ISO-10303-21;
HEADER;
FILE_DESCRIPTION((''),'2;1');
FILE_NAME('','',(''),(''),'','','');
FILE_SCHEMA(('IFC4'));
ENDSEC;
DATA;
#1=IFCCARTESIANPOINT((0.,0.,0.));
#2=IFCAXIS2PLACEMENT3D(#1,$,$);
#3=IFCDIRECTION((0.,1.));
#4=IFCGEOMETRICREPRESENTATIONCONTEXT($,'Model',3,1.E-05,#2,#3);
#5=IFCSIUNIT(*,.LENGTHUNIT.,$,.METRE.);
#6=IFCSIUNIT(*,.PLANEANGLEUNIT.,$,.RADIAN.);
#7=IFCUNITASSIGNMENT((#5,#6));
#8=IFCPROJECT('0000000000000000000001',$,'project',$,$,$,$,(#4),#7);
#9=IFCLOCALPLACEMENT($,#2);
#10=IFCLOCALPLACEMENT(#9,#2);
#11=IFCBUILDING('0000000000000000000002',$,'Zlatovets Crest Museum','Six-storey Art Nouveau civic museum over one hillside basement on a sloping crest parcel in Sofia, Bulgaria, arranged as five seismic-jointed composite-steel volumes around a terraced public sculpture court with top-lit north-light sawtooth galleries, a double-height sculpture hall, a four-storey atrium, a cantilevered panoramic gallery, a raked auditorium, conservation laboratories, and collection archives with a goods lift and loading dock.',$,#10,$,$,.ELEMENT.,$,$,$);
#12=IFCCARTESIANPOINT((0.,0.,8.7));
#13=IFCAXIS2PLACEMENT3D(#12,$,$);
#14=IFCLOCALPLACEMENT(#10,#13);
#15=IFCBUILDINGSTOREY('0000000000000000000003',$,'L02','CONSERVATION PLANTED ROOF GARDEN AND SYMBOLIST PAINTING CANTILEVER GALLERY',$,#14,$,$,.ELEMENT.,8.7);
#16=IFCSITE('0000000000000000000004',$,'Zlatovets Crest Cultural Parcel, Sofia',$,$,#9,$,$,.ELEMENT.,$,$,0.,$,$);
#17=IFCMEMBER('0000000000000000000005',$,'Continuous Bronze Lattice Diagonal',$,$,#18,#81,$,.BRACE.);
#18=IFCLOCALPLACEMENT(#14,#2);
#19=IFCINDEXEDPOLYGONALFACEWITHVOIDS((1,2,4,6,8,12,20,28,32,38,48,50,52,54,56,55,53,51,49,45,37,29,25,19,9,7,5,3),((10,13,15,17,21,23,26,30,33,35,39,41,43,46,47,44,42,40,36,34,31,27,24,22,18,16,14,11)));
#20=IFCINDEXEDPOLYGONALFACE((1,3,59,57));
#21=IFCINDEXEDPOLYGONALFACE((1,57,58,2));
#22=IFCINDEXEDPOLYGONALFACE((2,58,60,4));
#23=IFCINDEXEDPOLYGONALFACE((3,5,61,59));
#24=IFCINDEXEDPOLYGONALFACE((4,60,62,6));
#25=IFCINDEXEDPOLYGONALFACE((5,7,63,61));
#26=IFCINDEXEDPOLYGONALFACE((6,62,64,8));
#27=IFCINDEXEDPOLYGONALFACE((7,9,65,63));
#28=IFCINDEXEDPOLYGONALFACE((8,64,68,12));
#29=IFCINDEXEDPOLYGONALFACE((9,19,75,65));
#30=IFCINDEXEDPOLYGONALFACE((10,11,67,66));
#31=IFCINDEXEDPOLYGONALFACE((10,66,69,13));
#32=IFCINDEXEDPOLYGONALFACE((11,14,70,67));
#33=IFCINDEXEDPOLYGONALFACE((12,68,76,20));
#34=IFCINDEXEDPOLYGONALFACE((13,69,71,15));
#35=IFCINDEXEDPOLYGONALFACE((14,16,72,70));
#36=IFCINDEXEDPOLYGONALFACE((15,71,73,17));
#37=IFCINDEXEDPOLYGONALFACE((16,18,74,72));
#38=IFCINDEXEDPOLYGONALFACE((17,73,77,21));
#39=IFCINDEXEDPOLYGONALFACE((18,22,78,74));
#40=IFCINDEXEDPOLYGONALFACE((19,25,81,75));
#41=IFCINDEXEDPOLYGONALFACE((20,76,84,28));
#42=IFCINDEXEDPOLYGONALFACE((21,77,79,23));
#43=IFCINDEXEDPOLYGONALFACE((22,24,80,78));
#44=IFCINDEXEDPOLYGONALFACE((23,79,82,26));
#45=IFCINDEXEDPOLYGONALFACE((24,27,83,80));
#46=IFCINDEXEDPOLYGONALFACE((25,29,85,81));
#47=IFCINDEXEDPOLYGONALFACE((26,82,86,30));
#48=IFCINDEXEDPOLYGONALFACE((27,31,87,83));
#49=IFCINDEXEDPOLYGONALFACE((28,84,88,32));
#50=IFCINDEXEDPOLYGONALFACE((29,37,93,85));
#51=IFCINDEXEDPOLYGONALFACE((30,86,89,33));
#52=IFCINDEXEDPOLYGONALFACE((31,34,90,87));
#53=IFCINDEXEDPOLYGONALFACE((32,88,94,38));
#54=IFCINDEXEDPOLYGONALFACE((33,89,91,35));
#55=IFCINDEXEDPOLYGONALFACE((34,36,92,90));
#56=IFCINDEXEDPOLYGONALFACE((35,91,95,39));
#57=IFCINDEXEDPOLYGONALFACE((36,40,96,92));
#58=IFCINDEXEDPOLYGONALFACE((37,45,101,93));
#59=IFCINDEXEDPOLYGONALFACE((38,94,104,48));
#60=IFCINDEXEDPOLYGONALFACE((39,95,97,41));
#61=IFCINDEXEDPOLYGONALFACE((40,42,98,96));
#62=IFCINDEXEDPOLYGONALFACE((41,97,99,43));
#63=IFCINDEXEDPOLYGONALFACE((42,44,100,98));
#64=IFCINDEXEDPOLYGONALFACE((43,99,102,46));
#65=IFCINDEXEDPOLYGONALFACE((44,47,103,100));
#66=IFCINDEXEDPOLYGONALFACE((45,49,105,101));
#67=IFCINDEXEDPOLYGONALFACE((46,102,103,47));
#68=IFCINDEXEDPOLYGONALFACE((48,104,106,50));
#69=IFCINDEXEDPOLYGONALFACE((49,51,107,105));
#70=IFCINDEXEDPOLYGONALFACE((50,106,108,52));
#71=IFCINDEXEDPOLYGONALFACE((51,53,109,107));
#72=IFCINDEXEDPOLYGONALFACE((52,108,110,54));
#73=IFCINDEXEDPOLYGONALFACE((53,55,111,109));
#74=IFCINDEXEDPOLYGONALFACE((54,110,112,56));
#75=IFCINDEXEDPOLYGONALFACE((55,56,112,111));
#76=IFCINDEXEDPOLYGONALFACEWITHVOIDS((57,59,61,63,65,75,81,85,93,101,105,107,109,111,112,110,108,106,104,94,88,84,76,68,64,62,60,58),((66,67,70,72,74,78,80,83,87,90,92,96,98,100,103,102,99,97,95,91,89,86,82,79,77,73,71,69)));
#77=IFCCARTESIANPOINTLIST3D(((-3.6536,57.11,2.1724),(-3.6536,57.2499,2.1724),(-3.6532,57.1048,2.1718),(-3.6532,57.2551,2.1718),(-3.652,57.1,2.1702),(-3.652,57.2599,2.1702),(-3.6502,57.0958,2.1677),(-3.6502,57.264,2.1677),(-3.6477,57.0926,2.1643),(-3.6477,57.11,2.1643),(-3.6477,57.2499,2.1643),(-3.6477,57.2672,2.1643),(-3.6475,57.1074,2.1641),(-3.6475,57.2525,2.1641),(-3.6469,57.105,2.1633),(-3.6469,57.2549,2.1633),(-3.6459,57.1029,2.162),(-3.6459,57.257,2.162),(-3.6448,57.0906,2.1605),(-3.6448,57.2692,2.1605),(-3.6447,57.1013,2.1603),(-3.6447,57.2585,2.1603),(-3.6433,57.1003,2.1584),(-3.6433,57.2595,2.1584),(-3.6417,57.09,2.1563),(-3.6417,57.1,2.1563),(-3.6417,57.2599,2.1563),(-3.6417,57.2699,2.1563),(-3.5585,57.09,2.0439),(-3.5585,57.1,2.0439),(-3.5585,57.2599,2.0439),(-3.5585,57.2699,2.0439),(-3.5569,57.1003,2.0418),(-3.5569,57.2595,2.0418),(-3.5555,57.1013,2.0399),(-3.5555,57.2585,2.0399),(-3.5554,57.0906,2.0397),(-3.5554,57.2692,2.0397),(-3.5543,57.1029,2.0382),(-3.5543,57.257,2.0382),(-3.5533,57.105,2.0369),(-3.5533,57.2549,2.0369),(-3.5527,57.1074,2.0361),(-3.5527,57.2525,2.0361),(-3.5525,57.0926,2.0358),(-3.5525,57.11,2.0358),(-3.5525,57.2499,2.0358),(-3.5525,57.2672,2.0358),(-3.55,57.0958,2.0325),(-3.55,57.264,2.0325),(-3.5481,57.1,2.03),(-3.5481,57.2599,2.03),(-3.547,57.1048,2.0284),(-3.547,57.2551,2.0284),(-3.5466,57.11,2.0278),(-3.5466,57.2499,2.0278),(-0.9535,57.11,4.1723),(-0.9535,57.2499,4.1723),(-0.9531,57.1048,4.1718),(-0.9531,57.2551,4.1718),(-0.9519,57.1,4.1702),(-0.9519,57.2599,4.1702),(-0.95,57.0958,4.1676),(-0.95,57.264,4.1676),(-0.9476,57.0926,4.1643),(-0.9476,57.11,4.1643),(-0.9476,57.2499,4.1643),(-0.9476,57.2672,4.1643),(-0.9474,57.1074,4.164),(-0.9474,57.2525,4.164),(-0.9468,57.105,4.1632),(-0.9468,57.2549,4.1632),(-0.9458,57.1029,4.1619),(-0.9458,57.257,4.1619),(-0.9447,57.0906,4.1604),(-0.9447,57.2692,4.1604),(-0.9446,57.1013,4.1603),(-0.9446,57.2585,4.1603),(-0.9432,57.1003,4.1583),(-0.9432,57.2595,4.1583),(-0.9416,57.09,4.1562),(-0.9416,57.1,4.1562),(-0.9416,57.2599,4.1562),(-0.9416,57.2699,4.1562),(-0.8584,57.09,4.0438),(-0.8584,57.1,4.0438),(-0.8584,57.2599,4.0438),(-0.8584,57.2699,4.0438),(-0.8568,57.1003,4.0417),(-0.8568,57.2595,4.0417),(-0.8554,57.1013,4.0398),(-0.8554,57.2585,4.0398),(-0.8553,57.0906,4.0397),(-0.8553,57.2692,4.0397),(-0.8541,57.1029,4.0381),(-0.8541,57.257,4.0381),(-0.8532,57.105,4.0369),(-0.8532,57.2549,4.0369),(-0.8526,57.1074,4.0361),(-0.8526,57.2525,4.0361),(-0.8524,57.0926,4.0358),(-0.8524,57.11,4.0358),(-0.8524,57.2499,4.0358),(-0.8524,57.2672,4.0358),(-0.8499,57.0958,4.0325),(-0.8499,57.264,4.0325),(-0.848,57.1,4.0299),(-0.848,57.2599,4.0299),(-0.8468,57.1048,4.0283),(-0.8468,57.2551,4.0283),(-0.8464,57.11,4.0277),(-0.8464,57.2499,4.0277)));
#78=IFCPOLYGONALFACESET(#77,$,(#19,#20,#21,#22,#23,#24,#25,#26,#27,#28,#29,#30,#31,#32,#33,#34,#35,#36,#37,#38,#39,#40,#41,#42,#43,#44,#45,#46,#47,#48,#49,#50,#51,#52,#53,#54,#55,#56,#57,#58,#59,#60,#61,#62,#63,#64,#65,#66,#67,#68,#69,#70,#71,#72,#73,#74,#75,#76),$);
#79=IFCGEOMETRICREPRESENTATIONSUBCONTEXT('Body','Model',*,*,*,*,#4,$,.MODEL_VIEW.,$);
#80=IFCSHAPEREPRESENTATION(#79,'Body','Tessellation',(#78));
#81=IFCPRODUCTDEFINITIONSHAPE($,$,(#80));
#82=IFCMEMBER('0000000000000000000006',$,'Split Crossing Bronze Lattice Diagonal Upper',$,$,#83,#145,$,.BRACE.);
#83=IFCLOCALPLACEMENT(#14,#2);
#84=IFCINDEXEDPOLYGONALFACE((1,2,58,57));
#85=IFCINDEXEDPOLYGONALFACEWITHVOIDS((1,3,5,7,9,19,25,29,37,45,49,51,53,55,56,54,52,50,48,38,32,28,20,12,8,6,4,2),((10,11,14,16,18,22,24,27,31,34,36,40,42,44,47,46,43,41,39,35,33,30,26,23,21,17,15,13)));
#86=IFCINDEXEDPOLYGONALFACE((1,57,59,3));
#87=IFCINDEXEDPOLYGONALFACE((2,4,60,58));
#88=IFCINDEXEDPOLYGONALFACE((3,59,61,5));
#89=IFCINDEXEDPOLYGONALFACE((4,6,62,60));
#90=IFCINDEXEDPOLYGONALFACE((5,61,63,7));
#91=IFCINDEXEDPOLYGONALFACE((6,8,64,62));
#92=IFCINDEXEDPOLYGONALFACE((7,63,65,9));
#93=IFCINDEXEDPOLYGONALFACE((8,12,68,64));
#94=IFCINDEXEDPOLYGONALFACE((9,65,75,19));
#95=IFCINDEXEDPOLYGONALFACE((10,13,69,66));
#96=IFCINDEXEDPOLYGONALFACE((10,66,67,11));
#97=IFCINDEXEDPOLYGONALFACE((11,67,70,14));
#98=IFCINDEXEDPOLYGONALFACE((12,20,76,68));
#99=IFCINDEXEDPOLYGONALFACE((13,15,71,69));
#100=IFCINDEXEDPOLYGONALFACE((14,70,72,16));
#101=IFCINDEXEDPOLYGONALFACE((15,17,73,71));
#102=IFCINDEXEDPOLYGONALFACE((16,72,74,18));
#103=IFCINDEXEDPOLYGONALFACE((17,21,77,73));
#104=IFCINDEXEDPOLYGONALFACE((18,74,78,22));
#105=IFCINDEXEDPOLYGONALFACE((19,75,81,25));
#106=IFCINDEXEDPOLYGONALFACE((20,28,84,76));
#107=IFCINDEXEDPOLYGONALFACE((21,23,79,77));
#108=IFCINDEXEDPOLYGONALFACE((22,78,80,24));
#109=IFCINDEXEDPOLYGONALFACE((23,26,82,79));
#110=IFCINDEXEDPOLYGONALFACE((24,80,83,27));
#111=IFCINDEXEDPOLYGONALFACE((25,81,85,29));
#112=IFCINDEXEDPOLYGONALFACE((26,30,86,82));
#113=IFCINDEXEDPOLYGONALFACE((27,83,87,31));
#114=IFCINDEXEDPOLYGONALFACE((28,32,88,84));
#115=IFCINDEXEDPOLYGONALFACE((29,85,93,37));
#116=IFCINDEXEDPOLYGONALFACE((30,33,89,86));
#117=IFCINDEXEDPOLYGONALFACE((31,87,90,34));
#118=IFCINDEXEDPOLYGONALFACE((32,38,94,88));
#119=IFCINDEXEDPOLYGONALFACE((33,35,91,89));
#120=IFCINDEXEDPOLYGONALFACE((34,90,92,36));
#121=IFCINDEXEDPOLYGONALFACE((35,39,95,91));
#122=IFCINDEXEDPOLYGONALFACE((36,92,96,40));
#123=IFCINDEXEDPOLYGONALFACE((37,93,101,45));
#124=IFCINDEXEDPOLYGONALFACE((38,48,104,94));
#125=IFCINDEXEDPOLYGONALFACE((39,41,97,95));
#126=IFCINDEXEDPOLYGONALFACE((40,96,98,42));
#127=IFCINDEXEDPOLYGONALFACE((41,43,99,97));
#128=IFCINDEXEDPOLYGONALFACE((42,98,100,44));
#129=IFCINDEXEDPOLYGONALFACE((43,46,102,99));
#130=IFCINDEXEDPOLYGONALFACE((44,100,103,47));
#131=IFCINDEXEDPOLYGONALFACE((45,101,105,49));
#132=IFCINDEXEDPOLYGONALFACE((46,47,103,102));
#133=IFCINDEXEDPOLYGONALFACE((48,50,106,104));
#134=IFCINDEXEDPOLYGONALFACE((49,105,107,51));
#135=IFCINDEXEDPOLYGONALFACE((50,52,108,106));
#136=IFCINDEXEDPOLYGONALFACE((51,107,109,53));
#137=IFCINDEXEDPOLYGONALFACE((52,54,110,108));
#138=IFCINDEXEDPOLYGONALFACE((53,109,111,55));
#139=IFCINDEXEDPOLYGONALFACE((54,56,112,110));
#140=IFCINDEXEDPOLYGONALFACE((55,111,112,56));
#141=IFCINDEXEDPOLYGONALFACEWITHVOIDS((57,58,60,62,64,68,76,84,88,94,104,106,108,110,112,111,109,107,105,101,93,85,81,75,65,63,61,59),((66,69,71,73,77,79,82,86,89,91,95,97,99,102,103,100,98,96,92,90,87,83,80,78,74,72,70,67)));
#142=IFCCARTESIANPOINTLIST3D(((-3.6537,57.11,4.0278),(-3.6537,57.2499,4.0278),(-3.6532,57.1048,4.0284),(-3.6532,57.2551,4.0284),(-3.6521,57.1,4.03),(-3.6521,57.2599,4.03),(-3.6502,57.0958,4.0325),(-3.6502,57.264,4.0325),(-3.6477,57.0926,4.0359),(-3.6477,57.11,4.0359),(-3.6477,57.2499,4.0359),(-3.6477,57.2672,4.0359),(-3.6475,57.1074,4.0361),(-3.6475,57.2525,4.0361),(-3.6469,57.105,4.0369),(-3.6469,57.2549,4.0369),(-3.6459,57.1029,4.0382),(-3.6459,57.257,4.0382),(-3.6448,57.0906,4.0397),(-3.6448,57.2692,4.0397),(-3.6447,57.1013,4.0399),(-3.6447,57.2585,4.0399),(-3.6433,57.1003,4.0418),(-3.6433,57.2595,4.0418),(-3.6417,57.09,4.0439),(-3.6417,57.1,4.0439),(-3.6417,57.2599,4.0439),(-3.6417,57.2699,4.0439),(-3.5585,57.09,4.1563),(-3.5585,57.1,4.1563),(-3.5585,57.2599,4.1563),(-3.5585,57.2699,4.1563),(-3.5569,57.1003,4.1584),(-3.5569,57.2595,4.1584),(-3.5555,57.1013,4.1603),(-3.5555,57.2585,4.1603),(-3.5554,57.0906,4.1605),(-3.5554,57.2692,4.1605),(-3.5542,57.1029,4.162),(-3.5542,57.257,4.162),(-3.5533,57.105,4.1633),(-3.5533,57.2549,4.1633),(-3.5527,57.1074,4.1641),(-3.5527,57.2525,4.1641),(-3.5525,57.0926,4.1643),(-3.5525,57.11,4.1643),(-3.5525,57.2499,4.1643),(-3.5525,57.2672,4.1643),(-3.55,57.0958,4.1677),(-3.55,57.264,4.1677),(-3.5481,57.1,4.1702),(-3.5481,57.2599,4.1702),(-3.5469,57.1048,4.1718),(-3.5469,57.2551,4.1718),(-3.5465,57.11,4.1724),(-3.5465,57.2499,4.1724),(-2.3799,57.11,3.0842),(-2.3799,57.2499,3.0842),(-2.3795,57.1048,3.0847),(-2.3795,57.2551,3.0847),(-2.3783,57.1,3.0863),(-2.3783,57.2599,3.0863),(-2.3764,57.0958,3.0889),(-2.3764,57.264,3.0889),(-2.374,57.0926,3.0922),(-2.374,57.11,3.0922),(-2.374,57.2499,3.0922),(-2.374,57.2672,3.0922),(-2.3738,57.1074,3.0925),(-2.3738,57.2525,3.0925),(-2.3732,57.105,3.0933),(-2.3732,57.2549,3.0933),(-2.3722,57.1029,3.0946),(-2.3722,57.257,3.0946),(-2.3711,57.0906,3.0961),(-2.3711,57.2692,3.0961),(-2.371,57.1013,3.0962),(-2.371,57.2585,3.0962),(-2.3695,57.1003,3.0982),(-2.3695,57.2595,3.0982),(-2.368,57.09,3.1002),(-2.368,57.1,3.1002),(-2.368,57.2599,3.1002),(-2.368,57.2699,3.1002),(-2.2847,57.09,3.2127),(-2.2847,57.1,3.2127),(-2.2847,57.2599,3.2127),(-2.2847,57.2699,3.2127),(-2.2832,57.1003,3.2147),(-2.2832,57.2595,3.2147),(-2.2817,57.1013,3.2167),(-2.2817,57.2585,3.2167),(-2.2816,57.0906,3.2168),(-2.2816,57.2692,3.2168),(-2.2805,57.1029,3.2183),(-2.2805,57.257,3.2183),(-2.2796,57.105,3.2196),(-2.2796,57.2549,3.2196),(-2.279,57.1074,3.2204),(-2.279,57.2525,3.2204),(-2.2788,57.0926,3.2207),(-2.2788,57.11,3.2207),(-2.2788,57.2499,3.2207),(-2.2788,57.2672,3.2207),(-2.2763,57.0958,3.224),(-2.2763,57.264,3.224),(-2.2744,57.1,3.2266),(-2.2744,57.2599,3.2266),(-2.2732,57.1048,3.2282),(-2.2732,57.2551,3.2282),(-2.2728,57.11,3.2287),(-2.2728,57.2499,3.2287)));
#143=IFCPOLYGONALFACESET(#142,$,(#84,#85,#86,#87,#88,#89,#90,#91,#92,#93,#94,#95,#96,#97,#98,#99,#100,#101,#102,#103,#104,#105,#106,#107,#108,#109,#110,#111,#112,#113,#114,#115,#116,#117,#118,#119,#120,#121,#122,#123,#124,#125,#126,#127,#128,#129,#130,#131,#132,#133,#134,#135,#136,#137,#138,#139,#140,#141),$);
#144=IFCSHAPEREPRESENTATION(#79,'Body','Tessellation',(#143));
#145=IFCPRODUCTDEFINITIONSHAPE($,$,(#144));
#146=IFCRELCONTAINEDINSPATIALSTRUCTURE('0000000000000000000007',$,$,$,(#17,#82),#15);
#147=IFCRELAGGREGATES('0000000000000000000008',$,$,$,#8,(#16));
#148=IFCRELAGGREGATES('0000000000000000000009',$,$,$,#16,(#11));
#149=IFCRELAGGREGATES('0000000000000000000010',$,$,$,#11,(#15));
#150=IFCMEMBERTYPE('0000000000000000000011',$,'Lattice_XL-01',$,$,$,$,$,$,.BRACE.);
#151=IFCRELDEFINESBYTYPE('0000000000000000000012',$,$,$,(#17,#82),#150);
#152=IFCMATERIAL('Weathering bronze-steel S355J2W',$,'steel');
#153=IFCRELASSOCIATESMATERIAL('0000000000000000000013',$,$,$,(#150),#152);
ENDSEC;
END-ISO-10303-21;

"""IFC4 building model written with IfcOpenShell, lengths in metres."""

from ifc_helpers import new_model, si_unit, direction, frame, origin, origin_2d, place, context, subcontext, project, spatial, hollow_rectangle, extrude, material, material_profile, profile_set, type_object, element, save


model = new_model("IFC4")

# Units and contexts
model_context = context("Model", 3, precision=1e-05, world=origin(), true_north=direction((0.0, 1.0)))
body_context = subcontext(model_context, "Body", "Model", "MODEL_VIEW")
ifc_project = project(units=[si_unit("LENGTHUNIT", "METRE"), si_unit("PLANEANGLEUNIT", "RADIAN")], contexts=[model_context])

# Site, building, storey
site_placement = place(None, origin())
site = spatial("IfcSite", under=ifc_project, at=site_placement, Name="Zlatovets Crest Cultural Parcel, Sofia", CompositionType="ELEMENT", RefElevation=0.0)
building_placement = place(site_placement, origin())
building = spatial("IfcBuilding", under=site, at=building_placement, Name="Zlatovets Crest Museum", Description="Six-storey Art Nouveau civic museum over one hillside basement on a sloping crest parcel in Sofia, Bulgaria, arranged as five seismic-jointed composite-steel volumes around a terraced public sculpture court with top-lit north-light sawtooth galleries, a double-height sculpture hall, a four-storey atrium, a cantilevered panoramic gallery, a raked auditorium, conservation laboratories, and collection archives with a goods lift and loading dock.", CompositionType="ELEMENT")
storey_placement = place(building_placement, frame((0.0, 0.0, 8.7)))
storey = spatial("IfcBuildingStorey", under=building, at=storey_placement, Name="L02", Description="CONSERVATION PLANTED ROOF GARDEN AND SYMBOLIST PAINTING CANTILEVER GALLERY", CompositionType="ELEMENT", Elevation=8.7)

# Members
ifc_material_1 = material(Name="Weathering bronze-steel S355J2W", Category="steel")
ifc_material_profile_1 = material_profile(ifc_material_1, hollow_rectangle(XDim=0.1799, YDim=0.1799, WallThickness=0.01, InnerFilletRadius=0.01, OuterFilletRadius=0.02, at=origin_2d()), Name="SHS 180x180x10.0")
ifc_profile_set_1 = profile_set([ifc_material_profile_1], Name="Weathering bronze-steel S355J2W")
member_type_1 = type_object("IfcMemberType", Name="Lattice_XL-01", PredefinedType="BRACE", material=ifc_profile_set_1)
member_1_placement = place(storey_placement, frame((-3.6001, 57.1799, 2.1001), z_axis=(0.803578, 0.0, 0.5952), x_axis=(0.0, 1.0, 0.0)))
element("IfcMember", 1, at=member_1_placement, inside=storey, type_object=member_type_1, Name="Continuous Bronze Lattice Diagonal", PredefinedType="BRACE", context=body_context, shape_type="SweptSolid", body=[
    extrude(hollow_rectangle(XDim=0.1799, YDim=0.1799, WallThickness=0.01, InnerFilletRadius=0.01, OuterFilletRadius=0.02, at=origin_2d()), origin(), (0.0, 0.0, 1.0), 3.3601),
])
member_2_placement = place(storey_placement, frame((-3.6001, 57.1799, 4.1001), z_axis=(0.803516, 0.0, -0.595283), x_axis=(0.0, 1.0, 0.0)))
element("IfcMember", 2, at=member_2_placement, inside=storey, type_object=member_type_1, Name="Split Crossing Bronze Lattice Diagonal Upper", PredefinedType="BRACE", context=body_context, shape_type="SweptSolid", body=[
    extrude(hollow_rectangle(XDim=0.1799, YDim=0.1799, WallThickness=0.01, InnerFilletRadius=0.01, OuterFilletRadius=0.02, at=origin_2d()), origin(), (0.0, 0.0, 1.0), 1.5852),
])

save(model, "model.ifc")
